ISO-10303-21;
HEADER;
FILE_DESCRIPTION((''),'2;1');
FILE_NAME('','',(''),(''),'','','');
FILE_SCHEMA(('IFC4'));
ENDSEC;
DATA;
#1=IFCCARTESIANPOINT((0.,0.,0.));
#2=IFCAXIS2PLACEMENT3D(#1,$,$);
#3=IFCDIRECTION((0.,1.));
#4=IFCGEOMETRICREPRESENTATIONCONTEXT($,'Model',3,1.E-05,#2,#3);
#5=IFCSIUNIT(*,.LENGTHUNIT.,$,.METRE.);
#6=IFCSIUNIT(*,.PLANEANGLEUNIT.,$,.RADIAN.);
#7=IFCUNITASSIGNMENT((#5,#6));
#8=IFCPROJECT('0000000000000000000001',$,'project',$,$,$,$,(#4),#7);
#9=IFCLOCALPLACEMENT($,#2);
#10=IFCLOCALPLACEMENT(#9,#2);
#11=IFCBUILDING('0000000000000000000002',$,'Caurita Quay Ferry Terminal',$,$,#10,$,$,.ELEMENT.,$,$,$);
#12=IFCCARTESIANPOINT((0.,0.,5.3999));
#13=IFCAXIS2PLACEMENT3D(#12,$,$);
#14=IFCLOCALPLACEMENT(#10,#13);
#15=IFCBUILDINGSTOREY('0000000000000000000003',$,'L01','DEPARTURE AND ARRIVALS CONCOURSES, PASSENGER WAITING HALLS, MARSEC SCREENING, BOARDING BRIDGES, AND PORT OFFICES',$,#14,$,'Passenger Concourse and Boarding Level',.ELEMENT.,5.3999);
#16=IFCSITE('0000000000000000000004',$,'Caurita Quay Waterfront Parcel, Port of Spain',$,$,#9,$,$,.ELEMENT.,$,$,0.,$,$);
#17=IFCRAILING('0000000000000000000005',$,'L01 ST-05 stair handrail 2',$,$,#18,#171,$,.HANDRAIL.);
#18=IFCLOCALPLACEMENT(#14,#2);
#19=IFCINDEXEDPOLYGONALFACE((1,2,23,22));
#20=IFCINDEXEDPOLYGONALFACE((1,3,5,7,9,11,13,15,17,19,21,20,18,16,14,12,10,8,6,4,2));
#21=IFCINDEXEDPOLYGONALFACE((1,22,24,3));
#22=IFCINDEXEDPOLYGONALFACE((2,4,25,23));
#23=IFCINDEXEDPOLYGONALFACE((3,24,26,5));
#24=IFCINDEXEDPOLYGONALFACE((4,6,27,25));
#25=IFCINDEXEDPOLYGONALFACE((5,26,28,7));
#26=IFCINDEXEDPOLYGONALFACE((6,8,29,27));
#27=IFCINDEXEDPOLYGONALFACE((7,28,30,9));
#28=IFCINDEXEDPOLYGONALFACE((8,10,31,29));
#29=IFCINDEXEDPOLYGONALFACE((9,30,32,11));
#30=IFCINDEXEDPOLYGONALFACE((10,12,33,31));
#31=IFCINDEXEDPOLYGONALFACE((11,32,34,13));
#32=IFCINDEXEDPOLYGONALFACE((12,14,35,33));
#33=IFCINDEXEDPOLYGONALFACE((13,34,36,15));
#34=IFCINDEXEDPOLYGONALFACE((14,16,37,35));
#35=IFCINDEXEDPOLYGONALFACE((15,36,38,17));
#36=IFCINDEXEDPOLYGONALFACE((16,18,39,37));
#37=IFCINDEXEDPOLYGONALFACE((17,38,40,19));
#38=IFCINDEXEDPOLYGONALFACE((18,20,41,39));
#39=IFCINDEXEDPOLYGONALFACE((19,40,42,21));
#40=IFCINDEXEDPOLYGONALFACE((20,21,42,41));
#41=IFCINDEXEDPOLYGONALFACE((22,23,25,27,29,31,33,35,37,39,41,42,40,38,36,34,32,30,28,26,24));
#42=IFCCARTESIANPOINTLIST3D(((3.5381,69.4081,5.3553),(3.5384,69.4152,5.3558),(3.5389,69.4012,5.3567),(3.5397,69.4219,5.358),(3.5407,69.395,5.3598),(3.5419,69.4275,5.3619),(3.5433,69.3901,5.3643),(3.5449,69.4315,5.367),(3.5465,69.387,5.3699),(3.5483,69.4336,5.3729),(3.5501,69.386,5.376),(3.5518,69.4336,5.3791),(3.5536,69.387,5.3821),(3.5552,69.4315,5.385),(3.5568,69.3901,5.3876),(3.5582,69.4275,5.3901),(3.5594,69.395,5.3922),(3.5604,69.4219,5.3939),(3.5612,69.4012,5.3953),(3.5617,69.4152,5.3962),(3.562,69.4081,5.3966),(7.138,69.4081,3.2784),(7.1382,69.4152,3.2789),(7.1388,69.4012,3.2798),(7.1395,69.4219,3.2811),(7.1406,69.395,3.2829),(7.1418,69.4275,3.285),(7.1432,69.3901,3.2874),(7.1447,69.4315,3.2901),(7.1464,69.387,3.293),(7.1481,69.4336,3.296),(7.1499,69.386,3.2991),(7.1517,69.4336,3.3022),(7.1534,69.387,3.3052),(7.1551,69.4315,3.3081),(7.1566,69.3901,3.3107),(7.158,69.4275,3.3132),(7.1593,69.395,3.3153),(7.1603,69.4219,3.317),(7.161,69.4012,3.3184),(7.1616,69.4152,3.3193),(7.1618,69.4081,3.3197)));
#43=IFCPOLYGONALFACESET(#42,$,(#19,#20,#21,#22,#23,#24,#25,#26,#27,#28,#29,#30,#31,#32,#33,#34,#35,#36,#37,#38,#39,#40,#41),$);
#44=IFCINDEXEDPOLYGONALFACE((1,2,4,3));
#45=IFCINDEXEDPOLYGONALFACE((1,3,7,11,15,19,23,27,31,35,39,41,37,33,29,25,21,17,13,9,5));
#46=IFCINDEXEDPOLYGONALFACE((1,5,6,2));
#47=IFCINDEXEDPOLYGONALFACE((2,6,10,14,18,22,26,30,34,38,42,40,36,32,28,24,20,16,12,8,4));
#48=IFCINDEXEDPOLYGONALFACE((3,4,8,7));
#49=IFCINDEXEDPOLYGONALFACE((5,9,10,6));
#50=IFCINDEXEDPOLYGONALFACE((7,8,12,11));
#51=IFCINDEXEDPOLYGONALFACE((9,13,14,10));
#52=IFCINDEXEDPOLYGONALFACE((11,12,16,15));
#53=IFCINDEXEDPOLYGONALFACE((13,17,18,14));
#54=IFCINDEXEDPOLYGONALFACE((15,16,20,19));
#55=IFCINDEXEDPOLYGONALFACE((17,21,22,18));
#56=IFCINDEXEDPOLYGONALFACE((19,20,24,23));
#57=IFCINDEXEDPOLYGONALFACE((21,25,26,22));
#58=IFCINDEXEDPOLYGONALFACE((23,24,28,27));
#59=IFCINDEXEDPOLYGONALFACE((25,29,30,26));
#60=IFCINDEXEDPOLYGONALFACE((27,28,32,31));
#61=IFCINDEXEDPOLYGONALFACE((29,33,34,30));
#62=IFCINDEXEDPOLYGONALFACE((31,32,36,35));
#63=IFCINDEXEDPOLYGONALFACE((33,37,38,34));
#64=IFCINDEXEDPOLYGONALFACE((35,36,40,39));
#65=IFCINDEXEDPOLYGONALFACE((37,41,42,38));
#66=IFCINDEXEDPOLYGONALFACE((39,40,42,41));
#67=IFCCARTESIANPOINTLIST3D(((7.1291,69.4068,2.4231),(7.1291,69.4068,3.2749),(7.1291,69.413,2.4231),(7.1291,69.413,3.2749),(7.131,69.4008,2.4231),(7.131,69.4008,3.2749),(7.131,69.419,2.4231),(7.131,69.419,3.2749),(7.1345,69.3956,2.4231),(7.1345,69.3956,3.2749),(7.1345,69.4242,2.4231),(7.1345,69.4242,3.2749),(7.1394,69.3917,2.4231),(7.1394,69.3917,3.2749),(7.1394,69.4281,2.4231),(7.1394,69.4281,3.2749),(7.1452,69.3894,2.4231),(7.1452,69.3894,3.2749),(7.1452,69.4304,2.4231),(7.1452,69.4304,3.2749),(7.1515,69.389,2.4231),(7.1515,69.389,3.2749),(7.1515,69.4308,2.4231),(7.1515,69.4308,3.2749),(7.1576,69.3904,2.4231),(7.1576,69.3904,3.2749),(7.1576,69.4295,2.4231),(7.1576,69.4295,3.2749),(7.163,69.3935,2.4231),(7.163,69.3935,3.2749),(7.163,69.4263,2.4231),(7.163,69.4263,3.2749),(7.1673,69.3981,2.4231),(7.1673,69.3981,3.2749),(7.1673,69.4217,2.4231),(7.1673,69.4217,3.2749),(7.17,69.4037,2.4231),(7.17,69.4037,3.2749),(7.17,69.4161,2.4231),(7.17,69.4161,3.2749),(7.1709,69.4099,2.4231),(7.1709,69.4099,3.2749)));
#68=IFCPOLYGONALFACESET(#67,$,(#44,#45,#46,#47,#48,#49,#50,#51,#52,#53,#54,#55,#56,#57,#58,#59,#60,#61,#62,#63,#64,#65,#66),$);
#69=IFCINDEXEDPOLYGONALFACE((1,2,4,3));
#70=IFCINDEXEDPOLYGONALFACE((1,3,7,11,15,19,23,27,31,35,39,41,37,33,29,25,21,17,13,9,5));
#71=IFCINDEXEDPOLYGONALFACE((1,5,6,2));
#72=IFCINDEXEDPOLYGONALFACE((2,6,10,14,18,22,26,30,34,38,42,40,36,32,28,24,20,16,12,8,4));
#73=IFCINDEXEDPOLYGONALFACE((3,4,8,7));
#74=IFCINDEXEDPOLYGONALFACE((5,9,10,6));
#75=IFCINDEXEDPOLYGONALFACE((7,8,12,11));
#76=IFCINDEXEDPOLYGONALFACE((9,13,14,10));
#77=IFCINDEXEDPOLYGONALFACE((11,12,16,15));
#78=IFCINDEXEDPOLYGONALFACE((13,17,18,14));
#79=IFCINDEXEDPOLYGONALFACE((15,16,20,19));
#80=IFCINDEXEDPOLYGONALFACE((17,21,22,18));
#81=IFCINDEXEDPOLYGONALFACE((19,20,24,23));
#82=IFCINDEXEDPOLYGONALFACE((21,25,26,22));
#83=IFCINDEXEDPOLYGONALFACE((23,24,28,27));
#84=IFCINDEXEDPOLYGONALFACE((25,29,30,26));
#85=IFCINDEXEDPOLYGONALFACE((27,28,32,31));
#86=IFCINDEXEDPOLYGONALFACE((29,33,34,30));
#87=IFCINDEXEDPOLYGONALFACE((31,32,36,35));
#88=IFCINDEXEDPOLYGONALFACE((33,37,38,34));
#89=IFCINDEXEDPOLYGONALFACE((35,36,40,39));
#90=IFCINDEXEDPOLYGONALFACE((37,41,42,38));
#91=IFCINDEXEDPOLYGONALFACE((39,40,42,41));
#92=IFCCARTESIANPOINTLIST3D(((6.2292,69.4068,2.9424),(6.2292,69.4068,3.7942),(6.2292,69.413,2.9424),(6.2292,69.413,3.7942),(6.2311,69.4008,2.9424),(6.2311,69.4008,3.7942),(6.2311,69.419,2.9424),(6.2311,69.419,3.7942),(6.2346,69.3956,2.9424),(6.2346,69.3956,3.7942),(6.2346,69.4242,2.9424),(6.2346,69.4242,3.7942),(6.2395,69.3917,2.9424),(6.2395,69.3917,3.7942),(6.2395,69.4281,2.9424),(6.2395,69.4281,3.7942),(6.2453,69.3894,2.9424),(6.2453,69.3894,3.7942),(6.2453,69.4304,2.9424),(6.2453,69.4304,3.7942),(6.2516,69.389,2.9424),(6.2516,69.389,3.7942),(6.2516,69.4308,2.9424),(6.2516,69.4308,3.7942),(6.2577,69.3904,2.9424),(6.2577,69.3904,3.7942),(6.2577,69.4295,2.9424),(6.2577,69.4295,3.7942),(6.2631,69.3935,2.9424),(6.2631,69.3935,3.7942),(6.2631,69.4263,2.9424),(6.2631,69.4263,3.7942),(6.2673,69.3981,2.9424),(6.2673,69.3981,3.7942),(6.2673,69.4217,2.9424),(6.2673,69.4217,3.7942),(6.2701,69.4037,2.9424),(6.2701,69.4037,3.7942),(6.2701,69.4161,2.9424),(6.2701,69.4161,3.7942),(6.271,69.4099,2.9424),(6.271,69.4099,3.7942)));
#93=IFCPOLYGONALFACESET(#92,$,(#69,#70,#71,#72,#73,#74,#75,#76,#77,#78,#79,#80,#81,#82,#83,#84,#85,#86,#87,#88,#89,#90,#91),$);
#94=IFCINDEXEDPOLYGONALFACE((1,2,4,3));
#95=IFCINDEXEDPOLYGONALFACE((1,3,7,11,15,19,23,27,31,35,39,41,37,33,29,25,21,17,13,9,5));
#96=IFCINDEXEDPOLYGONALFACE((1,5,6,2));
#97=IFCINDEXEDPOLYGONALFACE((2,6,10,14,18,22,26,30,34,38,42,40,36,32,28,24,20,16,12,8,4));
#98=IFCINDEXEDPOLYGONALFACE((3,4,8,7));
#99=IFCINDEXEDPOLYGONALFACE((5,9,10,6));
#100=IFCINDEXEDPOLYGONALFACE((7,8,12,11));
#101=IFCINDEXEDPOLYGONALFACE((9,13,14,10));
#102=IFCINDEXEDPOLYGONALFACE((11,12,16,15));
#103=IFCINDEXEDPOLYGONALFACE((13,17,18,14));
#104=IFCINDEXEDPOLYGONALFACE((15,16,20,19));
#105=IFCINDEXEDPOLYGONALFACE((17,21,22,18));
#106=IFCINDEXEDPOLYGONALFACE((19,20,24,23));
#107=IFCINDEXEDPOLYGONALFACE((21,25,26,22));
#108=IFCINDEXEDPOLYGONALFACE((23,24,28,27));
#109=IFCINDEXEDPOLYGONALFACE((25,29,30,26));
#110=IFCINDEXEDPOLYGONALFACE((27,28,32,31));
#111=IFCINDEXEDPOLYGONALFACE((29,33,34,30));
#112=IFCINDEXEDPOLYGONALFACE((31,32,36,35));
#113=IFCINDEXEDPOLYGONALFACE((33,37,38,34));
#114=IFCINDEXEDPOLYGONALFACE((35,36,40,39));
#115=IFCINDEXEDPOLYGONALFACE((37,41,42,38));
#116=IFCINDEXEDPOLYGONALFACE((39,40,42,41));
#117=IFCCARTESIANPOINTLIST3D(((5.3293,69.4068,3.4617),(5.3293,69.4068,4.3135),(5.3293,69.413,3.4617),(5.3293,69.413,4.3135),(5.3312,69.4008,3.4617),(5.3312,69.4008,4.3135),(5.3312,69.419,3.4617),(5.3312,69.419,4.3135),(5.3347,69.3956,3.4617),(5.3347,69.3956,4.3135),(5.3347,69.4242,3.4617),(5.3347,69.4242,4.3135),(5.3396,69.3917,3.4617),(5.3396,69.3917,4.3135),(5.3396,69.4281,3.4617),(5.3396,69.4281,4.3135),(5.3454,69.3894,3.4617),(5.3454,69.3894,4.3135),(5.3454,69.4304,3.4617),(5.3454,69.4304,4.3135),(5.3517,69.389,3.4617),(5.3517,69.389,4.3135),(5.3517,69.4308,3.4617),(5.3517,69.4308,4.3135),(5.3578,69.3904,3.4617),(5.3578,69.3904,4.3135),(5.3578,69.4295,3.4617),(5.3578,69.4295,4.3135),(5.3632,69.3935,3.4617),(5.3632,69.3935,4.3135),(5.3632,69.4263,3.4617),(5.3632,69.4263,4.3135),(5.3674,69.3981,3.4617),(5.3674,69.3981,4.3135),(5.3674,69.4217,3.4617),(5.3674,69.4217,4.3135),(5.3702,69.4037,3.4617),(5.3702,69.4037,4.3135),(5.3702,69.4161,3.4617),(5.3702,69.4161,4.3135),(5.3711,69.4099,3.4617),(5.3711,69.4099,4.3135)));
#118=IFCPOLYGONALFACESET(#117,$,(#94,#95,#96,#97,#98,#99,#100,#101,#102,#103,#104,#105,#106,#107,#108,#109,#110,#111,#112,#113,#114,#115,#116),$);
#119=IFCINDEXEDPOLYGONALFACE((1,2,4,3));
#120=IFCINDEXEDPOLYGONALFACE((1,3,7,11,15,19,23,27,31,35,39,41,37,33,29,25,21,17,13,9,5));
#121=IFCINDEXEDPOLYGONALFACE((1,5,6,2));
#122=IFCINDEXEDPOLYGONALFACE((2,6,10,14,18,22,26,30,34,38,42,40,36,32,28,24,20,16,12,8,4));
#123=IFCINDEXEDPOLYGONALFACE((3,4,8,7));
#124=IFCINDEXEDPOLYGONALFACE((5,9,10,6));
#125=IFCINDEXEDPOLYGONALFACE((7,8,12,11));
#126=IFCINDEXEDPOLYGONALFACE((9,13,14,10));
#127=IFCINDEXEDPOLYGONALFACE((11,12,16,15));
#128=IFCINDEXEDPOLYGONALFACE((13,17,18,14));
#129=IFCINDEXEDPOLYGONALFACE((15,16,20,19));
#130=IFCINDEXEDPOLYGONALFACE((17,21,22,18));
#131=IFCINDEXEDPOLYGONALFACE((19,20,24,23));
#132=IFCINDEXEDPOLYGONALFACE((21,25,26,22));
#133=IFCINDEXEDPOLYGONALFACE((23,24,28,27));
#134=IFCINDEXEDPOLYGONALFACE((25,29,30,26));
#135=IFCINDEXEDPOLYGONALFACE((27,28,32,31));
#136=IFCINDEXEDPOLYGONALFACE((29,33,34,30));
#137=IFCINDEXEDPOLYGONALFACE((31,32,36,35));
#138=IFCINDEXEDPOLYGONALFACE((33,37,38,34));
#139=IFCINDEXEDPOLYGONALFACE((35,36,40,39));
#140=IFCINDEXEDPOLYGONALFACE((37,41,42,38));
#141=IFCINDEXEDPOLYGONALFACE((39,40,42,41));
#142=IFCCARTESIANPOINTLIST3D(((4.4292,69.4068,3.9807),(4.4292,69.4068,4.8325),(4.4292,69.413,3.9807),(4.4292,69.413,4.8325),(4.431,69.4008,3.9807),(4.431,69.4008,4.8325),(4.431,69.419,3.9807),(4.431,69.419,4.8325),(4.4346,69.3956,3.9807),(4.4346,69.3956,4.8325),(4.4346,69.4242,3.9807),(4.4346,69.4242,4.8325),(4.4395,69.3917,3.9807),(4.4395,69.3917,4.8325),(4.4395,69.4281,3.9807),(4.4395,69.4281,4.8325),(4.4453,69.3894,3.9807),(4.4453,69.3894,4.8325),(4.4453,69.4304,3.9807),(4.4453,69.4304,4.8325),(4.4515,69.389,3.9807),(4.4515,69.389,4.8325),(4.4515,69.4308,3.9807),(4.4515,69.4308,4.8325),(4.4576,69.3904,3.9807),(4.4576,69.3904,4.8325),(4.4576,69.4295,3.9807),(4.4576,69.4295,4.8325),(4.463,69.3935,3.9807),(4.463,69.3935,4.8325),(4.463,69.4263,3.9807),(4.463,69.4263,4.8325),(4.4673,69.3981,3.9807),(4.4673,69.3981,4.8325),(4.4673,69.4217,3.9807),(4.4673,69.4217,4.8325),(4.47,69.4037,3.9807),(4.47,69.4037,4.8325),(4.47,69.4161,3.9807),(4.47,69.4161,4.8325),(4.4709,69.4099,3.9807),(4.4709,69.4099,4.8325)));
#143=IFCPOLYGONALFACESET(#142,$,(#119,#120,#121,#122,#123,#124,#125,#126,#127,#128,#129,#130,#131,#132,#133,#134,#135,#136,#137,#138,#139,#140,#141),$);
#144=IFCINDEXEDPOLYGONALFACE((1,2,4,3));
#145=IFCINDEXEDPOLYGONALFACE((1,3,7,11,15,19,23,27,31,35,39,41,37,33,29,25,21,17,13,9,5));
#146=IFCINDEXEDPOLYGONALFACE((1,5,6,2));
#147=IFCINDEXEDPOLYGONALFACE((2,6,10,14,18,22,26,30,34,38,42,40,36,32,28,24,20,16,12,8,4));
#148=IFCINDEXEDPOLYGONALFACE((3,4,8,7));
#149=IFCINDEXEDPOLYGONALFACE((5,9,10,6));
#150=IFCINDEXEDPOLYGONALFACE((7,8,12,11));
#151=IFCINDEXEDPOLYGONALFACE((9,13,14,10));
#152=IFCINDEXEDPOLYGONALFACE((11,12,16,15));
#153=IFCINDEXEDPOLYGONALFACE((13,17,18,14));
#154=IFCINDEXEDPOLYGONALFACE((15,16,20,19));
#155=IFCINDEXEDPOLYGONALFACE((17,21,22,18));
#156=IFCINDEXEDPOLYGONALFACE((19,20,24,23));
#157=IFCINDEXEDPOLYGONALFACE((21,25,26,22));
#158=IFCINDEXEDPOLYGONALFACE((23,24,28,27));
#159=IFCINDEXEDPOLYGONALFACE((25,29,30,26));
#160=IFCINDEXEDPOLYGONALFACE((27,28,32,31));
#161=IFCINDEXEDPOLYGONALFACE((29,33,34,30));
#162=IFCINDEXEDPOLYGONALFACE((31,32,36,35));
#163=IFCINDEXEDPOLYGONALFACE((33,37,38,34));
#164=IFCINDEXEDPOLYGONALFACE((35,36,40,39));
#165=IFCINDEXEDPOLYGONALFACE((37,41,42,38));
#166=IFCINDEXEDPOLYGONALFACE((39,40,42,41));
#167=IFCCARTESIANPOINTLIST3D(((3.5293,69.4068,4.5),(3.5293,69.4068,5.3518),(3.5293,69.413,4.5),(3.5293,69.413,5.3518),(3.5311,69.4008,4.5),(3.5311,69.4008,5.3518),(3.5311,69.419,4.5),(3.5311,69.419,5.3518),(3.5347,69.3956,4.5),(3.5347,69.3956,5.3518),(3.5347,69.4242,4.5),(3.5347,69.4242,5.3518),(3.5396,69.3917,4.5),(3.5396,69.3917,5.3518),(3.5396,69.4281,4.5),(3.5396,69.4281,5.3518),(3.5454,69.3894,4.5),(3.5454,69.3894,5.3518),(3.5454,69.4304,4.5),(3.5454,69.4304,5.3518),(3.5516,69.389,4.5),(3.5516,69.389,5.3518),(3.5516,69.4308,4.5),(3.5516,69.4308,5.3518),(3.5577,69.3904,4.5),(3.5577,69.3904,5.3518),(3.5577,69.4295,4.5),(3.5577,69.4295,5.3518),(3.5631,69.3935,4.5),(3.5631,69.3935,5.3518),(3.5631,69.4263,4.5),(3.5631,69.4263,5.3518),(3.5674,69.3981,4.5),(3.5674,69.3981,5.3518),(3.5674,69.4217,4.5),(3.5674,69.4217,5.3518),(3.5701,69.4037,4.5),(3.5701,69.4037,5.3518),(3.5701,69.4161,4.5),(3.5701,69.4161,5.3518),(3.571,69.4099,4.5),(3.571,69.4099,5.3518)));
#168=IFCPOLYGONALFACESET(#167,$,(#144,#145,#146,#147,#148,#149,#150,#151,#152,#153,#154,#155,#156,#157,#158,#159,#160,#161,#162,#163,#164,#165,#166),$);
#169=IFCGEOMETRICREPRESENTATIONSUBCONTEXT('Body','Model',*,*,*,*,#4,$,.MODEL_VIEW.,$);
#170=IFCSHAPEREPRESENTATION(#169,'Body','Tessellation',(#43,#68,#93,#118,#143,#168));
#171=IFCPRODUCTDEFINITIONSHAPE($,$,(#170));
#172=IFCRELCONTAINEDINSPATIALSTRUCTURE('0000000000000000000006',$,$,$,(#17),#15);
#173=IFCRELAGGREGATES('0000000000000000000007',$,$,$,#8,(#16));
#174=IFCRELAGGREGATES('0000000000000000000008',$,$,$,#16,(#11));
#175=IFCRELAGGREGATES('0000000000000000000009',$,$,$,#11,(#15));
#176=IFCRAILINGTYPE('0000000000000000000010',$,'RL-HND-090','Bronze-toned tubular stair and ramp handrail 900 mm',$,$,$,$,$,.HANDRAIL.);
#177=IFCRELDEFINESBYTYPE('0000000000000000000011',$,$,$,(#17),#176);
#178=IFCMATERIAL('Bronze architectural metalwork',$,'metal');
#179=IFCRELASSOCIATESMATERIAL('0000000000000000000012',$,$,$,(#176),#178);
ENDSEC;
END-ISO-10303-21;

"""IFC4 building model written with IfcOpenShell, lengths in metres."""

from ifc_helpers import new_model, si_unit, direction, frame, origin, origin_2d, place, context, subcontext, project, spatial, circle, extrude, material, type_object, element, save


model = new_model("IFC4")

# Units and contexts
model_context = context("Model", 3, precision=1e-05, world=origin(), true_north=direction((0.0, 1.0)))
body_context = subcontext(model_context, "Body", "Model", "MODEL_VIEW")
ifc_project = project(units=[si_unit("LENGTHUNIT", "METRE"), si_unit("PLANEANGLEUNIT", "RADIAN")], contexts=[model_context])

# Site, building, storey
site_placement = place(None, origin())
site = spatial("IfcSite", under=ifc_project, at=site_placement, Name="Caurita Quay Waterfront Parcel, Port of Spain", CompositionType="ELEMENT", RefElevation=0.0)
building_placement = place(site_placement, origin())
building = spatial("IfcBuilding", under=site, at=building_placement, Name="Caurita Quay Ferry Terminal", CompositionType="ELEMENT")
storey_placement = place(building_placement, frame((0.0, 0.0, 5.3999)))
storey = spatial("IfcBuildingStorey", under=building, at=storey_placement, Name="L01", Description="DEPARTURE AND ARRIVALS CONCOURSES, PASSENGER WAITING HALLS, MARSEC SCREENING, BOARDING BRIDGES, AND PORT OFFICES", LongName="Passenger Concourse and Boarding Level", CompositionType="ELEMENT", Elevation=5.3999)

# Railing
ifc_material_1 = material(Name="Bronze architectural metalwork", Category="metal")
railing_type_1 = type_object("IfcRailingType", Name="RL-HND-090", Description="Bronze-toned tubular stair and ramp handrail 900 mm", PredefinedType="HANDRAIL", material=ifc_material_1)
railing_1_placement = place(storey_placement, frame((7.1499, 69.4099, 2.4231)))
element("IfcRailing", 1, at=railing_1_placement, inside=storey, type_object=railing_type_1, Name="L01 ST-05 stair handrail 2", PredefinedType="HANDRAIL", context=body_context, shape_type="SweptSolid", body=[
    extrude(circle(Radius=0.0239, at=origin_2d()), frame((0.0, 0.0, 0.876), z_axis=(-0.866179, 0.0, 0.499734), x_axis=(0.0, -1.0, 0.0)), (0.0, 0.0, 1.0), 4.156),
    extrude(circle(Radius=0.021, at=origin_2d()), origin(), (0.0, 0.0, 1.0), 0.8518),
    extrude(circle(Radius=0.021, at=origin_2d()), frame((-0.8999, 0.0, 0.5193)), (0.0, 0.0, 1.0), 0.8518),
    extrude(circle(Radius=0.021, at=origin_2d()), frame((-1.7998, 0.0, 1.0386)), (0.0, 0.0, 1.0), 0.8518),
    extrude(circle(Radius=0.021, at=origin_2d()), frame((-2.7, 0.0, 1.5576)), (0.0, 0.0, 1.0), 0.8518),
    extrude(circle(Radius=0.021, at=origin_2d()), frame((-3.5999, 0.0, 2.0769)), (0.0, 0.0, 1.0), 0.8518),
])

save(model, "model.ifc")
